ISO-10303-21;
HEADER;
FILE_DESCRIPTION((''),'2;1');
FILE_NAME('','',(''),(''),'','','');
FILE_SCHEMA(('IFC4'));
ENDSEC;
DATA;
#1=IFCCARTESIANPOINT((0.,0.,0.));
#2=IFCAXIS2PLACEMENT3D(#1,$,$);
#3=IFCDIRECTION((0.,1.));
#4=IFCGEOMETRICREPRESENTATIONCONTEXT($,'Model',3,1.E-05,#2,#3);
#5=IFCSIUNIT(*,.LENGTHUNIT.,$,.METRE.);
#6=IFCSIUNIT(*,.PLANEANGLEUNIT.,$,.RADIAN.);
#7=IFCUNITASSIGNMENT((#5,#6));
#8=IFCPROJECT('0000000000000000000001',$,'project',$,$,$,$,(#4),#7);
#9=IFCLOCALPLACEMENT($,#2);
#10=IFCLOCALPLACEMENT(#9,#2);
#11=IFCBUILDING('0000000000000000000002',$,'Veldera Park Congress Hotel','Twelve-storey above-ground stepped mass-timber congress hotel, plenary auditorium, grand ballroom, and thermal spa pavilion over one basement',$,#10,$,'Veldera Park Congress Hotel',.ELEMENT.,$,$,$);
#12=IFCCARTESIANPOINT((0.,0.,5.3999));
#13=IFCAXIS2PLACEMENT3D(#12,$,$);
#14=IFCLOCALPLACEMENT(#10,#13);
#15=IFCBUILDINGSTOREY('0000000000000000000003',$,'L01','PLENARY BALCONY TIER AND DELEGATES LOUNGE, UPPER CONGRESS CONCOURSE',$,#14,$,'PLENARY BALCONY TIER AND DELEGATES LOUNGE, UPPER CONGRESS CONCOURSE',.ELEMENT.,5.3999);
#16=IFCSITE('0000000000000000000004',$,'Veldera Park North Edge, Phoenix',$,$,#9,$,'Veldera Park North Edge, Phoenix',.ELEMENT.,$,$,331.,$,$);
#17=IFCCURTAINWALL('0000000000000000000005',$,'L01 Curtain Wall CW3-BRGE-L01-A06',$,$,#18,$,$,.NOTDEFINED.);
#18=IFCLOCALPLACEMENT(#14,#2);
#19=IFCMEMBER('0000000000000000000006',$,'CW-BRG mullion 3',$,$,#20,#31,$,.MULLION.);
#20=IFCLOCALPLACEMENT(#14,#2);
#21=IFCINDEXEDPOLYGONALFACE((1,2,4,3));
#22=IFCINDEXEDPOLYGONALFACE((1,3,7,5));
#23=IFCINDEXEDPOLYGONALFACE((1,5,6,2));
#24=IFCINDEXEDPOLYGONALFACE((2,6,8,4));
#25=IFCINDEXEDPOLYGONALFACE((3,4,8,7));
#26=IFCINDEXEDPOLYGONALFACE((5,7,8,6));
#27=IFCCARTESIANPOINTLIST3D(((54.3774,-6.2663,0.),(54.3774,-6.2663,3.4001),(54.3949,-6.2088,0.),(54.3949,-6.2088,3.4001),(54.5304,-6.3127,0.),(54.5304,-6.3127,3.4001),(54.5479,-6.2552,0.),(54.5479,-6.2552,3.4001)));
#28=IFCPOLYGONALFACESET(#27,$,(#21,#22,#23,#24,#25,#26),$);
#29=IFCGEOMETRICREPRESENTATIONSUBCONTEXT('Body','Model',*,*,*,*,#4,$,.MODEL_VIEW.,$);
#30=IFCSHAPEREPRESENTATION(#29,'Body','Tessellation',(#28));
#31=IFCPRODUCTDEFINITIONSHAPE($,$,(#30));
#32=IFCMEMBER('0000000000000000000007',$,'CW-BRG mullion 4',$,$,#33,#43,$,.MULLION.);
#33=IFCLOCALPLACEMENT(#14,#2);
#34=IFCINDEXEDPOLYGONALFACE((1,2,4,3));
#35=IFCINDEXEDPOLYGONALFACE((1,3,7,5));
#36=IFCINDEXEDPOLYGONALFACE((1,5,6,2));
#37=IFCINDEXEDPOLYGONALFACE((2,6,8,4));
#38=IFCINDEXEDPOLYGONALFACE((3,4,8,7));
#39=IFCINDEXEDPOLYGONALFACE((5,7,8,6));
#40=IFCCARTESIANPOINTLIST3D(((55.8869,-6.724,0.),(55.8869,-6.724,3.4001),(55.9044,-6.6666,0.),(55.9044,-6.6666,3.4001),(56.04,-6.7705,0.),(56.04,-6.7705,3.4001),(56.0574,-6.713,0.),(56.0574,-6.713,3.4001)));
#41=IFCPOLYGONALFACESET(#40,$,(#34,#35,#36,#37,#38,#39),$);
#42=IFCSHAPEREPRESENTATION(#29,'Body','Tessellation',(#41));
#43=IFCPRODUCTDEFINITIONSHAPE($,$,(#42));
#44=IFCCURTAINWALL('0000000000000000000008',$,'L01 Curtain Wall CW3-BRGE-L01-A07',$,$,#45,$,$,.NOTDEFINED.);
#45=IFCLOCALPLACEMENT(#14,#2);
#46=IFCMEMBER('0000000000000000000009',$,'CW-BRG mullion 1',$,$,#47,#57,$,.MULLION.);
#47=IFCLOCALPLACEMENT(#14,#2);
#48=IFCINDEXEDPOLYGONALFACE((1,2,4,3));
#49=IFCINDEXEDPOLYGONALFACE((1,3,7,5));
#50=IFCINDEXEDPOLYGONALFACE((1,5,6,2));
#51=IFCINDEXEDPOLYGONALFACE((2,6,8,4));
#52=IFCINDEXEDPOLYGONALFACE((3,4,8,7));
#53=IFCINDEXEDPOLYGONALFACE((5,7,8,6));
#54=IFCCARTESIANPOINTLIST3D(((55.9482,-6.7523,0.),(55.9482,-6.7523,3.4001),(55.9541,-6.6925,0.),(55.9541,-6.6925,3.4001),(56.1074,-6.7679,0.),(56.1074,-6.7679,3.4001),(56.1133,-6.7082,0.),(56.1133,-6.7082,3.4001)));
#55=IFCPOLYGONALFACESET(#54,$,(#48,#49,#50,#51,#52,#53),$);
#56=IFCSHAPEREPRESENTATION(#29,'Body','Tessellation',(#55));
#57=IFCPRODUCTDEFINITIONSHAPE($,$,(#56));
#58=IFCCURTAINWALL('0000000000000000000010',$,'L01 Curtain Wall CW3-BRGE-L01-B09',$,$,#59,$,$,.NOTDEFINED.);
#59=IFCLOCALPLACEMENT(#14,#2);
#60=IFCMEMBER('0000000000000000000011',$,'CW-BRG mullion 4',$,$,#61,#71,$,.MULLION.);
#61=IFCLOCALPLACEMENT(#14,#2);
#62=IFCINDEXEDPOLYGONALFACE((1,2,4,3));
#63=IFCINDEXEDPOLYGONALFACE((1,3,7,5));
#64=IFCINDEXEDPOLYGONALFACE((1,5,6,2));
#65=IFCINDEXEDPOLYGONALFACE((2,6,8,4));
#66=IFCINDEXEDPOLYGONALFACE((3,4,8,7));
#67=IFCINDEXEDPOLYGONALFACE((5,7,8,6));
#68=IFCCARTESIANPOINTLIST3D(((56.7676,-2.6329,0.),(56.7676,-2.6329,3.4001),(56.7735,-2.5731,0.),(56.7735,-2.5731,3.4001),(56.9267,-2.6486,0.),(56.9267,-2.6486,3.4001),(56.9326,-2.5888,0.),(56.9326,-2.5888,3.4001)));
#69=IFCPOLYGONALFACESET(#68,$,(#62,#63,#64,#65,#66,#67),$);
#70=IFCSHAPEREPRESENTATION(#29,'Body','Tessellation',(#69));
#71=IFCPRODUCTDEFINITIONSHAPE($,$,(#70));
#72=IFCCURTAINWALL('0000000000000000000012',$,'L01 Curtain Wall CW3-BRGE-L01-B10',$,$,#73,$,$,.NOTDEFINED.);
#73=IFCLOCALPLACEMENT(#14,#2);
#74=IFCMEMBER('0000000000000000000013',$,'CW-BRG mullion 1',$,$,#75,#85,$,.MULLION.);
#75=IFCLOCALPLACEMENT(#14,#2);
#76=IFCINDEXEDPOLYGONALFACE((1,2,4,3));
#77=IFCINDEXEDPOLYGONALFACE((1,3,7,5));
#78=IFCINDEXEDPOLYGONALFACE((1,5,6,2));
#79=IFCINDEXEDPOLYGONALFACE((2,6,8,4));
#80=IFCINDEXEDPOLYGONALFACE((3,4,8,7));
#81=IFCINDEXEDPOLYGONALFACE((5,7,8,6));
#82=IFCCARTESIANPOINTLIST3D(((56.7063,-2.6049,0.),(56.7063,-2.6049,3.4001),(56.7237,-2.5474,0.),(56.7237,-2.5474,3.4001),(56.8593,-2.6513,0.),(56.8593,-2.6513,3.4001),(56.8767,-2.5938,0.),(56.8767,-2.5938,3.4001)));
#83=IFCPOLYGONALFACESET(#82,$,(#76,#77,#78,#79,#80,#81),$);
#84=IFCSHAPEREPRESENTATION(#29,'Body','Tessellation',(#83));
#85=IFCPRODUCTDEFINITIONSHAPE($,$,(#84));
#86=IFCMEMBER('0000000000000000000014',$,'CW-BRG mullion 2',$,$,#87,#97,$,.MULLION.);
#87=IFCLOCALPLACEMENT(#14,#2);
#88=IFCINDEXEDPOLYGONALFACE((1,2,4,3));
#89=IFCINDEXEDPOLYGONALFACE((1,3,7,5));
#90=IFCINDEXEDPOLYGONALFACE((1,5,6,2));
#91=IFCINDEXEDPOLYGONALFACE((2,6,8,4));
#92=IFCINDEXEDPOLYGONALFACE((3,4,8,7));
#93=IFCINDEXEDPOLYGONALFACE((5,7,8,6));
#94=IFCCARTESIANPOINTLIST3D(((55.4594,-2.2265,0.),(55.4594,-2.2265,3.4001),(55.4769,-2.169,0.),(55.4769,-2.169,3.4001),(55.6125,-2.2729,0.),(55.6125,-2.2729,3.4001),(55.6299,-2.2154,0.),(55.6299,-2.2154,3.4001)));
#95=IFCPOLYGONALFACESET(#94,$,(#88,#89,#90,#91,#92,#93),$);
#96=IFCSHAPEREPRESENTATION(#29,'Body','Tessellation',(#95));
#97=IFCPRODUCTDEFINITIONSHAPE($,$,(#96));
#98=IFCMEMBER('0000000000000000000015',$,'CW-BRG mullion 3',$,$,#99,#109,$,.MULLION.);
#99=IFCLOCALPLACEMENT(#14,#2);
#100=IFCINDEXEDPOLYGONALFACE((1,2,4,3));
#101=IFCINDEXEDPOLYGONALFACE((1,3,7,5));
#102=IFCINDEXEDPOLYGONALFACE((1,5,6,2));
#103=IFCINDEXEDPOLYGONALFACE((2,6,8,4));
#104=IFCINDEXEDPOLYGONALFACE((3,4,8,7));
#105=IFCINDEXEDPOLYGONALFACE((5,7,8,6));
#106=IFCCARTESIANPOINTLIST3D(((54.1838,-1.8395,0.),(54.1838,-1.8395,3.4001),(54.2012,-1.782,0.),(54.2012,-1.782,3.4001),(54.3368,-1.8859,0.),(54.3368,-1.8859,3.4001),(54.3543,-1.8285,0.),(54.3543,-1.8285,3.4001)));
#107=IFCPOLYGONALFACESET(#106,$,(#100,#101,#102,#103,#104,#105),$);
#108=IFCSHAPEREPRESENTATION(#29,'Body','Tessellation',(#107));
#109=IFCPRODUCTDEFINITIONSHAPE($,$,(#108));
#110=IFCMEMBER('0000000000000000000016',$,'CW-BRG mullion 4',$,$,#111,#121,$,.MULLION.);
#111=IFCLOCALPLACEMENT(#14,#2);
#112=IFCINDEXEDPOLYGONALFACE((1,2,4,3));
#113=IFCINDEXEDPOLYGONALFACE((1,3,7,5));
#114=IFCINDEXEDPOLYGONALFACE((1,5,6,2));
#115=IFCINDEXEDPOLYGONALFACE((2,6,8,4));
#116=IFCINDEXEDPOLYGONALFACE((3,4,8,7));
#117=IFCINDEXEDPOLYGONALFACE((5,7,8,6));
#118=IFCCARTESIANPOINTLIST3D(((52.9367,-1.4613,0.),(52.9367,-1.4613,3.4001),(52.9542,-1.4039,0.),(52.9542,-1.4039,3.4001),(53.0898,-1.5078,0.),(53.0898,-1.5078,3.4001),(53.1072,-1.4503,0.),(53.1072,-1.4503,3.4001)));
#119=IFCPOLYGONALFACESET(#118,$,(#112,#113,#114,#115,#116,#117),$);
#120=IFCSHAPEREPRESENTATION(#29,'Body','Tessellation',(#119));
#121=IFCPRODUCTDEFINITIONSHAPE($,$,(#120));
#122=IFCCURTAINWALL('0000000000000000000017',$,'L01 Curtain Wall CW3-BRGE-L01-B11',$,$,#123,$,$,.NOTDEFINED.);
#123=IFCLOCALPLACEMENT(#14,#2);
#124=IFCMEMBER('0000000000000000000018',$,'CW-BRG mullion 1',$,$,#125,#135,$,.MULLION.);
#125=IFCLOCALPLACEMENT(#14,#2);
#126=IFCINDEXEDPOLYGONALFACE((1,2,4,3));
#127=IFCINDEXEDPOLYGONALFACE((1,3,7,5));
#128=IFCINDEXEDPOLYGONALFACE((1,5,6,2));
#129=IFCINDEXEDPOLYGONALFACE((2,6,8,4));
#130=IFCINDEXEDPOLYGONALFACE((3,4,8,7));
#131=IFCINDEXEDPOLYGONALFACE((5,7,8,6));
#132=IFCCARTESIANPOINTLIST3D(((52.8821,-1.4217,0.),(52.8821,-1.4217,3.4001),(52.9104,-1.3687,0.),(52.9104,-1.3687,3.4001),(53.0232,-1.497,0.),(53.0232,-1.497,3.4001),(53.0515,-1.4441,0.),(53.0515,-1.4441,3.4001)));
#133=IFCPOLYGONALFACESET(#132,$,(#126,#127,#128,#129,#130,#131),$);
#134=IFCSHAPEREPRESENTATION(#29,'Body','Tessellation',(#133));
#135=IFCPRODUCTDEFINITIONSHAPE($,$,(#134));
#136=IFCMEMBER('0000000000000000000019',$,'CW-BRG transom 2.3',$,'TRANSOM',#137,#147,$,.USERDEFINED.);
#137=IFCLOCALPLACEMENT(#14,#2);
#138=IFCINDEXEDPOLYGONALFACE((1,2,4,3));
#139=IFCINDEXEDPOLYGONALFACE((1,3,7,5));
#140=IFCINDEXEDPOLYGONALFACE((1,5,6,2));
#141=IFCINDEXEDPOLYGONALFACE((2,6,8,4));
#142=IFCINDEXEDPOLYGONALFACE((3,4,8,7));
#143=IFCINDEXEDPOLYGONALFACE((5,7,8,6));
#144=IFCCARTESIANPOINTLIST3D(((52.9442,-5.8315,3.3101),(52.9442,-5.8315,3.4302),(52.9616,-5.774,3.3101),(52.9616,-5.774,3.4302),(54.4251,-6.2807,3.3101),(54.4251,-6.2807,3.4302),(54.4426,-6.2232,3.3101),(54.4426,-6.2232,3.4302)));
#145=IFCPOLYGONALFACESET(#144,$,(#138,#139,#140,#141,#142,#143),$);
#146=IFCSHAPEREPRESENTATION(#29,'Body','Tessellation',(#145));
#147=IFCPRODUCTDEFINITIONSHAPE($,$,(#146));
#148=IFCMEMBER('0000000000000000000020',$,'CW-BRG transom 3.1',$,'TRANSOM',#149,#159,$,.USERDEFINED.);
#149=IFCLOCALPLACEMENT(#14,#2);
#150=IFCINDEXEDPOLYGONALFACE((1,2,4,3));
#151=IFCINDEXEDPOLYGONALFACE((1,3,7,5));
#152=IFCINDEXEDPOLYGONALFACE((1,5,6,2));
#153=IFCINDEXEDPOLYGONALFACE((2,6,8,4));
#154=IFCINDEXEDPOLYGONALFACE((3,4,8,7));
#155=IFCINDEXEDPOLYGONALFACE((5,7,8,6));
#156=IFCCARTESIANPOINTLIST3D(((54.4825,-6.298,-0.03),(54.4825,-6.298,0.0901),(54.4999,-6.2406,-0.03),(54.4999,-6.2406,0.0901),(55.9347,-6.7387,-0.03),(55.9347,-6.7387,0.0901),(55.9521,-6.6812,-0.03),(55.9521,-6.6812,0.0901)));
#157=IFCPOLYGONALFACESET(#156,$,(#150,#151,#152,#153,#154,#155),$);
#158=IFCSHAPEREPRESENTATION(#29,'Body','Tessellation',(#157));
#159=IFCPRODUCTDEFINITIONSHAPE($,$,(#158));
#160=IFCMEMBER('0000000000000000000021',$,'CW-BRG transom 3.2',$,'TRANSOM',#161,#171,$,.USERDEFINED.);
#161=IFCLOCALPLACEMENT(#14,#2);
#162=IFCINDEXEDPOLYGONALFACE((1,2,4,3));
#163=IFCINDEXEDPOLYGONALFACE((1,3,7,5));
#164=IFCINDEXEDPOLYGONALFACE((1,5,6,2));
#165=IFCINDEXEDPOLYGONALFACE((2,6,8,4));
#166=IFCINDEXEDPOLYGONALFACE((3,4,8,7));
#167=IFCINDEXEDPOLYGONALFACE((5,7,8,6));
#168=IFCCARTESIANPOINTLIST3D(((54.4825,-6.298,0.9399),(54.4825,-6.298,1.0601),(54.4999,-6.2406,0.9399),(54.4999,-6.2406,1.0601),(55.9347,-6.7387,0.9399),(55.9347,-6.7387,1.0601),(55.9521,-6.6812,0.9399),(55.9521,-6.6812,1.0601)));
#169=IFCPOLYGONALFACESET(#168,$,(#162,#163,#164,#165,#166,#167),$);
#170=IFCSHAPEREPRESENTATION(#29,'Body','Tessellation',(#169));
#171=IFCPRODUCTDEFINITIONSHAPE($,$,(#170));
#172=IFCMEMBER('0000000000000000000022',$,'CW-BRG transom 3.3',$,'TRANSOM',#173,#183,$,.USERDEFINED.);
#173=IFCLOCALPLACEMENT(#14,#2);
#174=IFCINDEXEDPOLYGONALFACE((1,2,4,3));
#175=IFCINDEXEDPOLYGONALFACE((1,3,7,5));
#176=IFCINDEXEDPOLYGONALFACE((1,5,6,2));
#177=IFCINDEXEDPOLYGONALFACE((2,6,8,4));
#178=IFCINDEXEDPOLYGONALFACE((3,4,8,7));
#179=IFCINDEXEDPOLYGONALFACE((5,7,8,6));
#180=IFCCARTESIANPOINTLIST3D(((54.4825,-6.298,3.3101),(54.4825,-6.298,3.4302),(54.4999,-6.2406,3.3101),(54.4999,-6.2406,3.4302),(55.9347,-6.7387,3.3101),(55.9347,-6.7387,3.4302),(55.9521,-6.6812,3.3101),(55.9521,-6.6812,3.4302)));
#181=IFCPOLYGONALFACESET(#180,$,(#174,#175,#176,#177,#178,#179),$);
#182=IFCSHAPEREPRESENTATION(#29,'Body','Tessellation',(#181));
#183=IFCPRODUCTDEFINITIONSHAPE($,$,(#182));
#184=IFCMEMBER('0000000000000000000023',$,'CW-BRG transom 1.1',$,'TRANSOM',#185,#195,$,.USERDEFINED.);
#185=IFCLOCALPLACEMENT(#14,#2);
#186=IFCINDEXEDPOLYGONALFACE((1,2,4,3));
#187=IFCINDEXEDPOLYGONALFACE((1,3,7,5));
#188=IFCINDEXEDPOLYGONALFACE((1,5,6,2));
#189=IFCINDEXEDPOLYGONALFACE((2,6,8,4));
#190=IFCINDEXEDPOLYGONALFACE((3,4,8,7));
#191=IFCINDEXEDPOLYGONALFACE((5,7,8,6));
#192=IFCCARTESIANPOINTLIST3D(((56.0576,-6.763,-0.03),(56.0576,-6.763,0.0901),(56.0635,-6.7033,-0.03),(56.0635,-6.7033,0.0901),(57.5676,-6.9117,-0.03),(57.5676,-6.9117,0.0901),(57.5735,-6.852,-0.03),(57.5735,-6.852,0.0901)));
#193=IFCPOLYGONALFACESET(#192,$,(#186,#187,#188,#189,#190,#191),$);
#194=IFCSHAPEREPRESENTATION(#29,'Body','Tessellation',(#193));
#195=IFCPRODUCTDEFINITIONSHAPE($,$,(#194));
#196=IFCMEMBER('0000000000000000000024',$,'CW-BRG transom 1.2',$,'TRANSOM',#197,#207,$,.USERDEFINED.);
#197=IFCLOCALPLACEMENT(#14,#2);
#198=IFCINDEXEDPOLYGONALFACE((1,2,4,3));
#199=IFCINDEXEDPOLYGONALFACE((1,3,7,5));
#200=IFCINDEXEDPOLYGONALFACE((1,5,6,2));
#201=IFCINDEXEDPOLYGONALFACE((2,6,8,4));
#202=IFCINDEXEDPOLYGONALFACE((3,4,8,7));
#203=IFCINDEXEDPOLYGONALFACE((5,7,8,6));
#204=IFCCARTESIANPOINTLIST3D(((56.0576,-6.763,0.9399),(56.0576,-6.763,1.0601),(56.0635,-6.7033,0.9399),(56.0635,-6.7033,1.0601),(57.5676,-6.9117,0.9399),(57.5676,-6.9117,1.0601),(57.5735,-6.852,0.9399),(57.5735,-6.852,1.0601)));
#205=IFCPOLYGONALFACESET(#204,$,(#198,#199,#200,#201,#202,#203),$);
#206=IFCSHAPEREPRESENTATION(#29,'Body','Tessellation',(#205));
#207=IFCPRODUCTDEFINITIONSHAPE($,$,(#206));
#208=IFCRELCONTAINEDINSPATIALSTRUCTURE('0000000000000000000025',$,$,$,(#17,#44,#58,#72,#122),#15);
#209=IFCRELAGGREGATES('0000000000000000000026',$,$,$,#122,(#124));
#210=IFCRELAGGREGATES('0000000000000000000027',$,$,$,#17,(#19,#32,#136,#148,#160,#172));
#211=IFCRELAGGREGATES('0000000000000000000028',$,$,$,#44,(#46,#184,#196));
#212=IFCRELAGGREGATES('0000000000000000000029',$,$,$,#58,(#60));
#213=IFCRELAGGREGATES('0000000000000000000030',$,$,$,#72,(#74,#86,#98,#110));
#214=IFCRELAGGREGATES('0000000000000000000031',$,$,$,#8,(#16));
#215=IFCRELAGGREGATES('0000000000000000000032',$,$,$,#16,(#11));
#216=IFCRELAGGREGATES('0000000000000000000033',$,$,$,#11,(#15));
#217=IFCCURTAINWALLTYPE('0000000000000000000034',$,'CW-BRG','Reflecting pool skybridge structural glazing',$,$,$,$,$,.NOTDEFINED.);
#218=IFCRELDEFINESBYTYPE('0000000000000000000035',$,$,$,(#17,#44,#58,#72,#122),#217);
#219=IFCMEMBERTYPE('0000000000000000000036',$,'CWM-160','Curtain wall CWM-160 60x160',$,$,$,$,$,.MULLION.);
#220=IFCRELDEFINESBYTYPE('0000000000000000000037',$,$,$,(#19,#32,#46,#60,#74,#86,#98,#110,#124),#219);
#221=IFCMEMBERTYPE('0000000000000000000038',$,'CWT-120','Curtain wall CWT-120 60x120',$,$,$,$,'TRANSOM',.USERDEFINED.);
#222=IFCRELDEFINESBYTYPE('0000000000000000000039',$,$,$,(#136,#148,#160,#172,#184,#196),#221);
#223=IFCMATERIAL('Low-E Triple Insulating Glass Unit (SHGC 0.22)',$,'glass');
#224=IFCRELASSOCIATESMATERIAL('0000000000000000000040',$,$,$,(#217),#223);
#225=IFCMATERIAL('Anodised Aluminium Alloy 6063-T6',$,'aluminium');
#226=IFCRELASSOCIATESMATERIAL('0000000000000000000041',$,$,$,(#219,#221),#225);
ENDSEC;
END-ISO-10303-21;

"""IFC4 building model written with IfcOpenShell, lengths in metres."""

from ifc_helpers import new_model, si_unit, direction, frame, origin, origin_2d, place, context, subcontext, project, spatial, rectangle, extrude, material, material_profile, profile_set, type_object, element, aggregate, save


model = new_model("IFC4")

# Units and contexts
model_context = context("Model", 3, precision=1e-05, world=origin(), true_north=direction((0.0, 1.0)))
body_context = subcontext(model_context, "Body", "Model", "MODEL_VIEW")
ifc_project = project(units=[si_unit("LENGTHUNIT", "METRE"), si_unit("PLANEANGLEUNIT", "RADIAN")], contexts=[model_context])

# Site, building, storey
site_placement = place(None, origin())
site = spatial("IfcSite", under=ifc_project, at=site_placement, Name="Veldera Park North Edge, Phoenix", LongName="Veldera Park North Edge, Phoenix", CompositionType="ELEMENT", RefElevation=331.0)
building_placement = place(site_placement, origin())
building = spatial("IfcBuilding", under=site, at=building_placement, Name="Veldera Park Congress Hotel", Description="Twelve-storey above-ground stepped mass-timber congress hotel, plenary auditorium, grand ballroom, and thermal spa pavilion over one basement", LongName="Veldera Park Congress Hotel", CompositionType="ELEMENT")
storey_placement = place(building_placement, frame((0.0, 0.0, 5.3999)))
storey = spatial("IfcBuildingStorey", under=building, at=storey_placement, Name="L01", Description="PLENARY BALCONY TIER AND DELEGATES LOUNGE, UPPER CONGRESS CONCOURSE", LongName="PLENARY BALCONY TIER AND DELEGATES LOUNGE, UPPER CONGRESS CONCOURSE", CompositionType="ELEMENT", Elevation=5.3999)

# Curtain wall, members
ifc_material_1 = material(Name="Low-E Triple Insulating Glass Unit (SHGC 0.22)", Category="glass")
curtain_wall_type = type_object("IfcCurtainWallType", Name="CW-BRG", Description="Reflecting pool skybridge structural glazing", PredefinedType="NOTDEFINED", material=ifc_material_1)
curtain_wall_1_placement = place(storey_placement, origin())
curtain_wall_1 = element("IfcCurtainWall", 1, at=curtain_wall_1_placement, inside=storey, type_object=curtain_wall_type, Name="L01 Curtain Wall CW3-BRGE-L01-A06", PredefinedType="NOTDEFINED")
ifc_material_2 = material(Name="Anodised Aluminium Alloy 6063-T6", Category="aluminium")
ifc_material_profile_1 = material_profile(ifc_material_2, rectangle(XDim=0.0601, YDim=0.1599, at=origin_2d()), Name="ALU 60x160")
ifc_profile_set_1 = profile_set([ifc_material_profile_1], Name="Anodised Aluminium Alloy 6063-T6")
member_type_1 = type_object("IfcMemberType", Name="CWM-160", Description="Curtain wall CWM-160 60x160", PredefinedType="MULLION", material=ifc_profile_set_1)
member_1_placement = place(storey_placement, frame((54.4626, -6.2607, 0.0), z_axis=(0.0, 0.0, 1.0), x_axis=(0.290288, 0.956939, 0.0)))
member_1 = element("IfcMember", 2, at=member_1_placement, type_object=member_type_1, Name="CW-BRG mullion 3", PredefinedType="MULLION", context=body_context, shape_type="SweptSolid", body=[
    extrude(rectangle(XDim=0.0601, YDim=0.1599, at=origin_2d()), origin(), (0.0, 0.0, 1.0), 3.4001),
])
member_2_placement = place(storey_placement, frame((55.9722, -6.7185, 0.0), z_axis=(0.0, 0.0, 1.0), x_axis=(0.290288, 0.956939, 0.0)))
member_2 = element("IfcMember", 3, at=member_2_placement, type_object=member_type_1, Name="CW-BRG mullion 4", PredefinedType="MULLION", context=body_context, shape_type="SweptSolid", body=[
    extrude(rectangle(XDim=0.0601, YDim=0.1599, at=origin_2d()), origin(), (0.0, 0.0, 1.0), 3.4001),
])

# Curtain walls, members
curtain_wall_2_placement = place(storey_placement, origin())
curtain_wall_2 = element("IfcCurtainWall", 4, at=curtain_wall_2_placement, inside=storey, type_object=curtain_wall_type, Name="L01 Curtain Wall CW3-BRGE-L01-A07", PredefinedType="NOTDEFINED")
member_3_placement = place(storey_placement, frame((56.0308, -6.7302, 0.0), z_axis=(0.0, 0.0, 1.0), x_axis=(0.098021, 0.995184, 0.0)))
member_3 = element("IfcMember", 5, at=member_3_placement, type_object=member_type_1, Name="CW-BRG mullion 1", PredefinedType="MULLION", context=body_context, shape_type="SweptSolid", body=[
    extrude(rectangle(XDim=0.0601, YDim=0.1599, at=origin_2d()), origin(), (0.0, 0.0, 1.0), 3.4001),
])
curtain_wall_3_placement = place(storey_placement, origin())
curtain_wall_3 = element("IfcCurtainWall", 6, at=curtain_wall_3_placement, inside=storey, type_object=curtain_wall_type, Name="L01 Curtain Wall CW3-BRGE-L01-B09", PredefinedType="NOTDEFINED")
member_4_placement = place(storey_placement, frame((56.8501, -2.6108, 0.0), z_axis=(0.0, 0.0, 1.0), x_axis=(-0.098023, -0.995184, 0.0)))
member_4 = element("IfcMember", 7, at=member_4_placement, type_object=member_type_1, Name="CW-BRG mullion 4", PredefinedType="MULLION", context=body_context, shape_type="SweptSolid", body=[
    extrude(rectangle(XDim=0.0601, YDim=0.1599, at=origin_2d()), origin(), (0.0, 0.0, 1.0), 3.4001),
])

# Curtain wall, members
curtain_wall_4_placement = place(storey_placement, origin())
curtain_wall_4 = element("IfcCurtainWall", 8, at=curtain_wall_4_placement, inside=storey, type_object=curtain_wall_type, Name="L01 Curtain Wall CW3-BRGE-L01-B10", PredefinedType="NOTDEFINED")
member_5_placement = place(storey_placement, frame((56.7915, -2.5994, 0.0), z_axis=(0.0, 0.0, 1.0), x_axis=(-0.29029, -0.956939, 0.0)))
member_5 = element("IfcMember", 9, at=member_5_placement, type_object=member_type_1, Name="CW-BRG mullion 1", PredefinedType="MULLION", context=body_context, shape_type="SweptSolid", body=[
    extrude(rectangle(XDim=0.0601, YDim=0.1599, at=origin_2d()), origin(), (0.0, 0.0, 1.0), 3.4001),
])
member_6_placement = place(storey_placement, frame((55.5447, -2.2209, 0.0), z_axis=(0.0, 0.0, 1.0), x_axis=(-0.29029, -0.956939, 0.0)))
member_6 = element("IfcMember", 10, at=member_6_placement, type_object=member_type_1, Name="CW-BRG mullion 2", PredefinedType="MULLION", context=body_context, shape_type="SweptSolid", body=[
    extrude(rectangle(XDim=0.0601, YDim=0.1599, at=origin_2d()), origin(), (0.0, 0.0, 1.0), 3.4001),
])
member_7_placement = place(storey_placement, frame((54.269, -1.834, 0.0), z_axis=(0.0, 0.0, 1.0), x_axis=(-0.29029, -0.956939, 0.0)))
member_7 = element("IfcMember", 11, at=member_7_placement, type_object=member_type_1, Name="CW-BRG mullion 3", PredefinedType="MULLION", context=body_context, shape_type="SweptSolid", body=[
    extrude(rectangle(XDim=0.0601, YDim=0.1599, at=origin_2d()), origin(), (0.0, 0.0, 1.0), 3.4001),
])
member_8_placement = place(storey_placement, frame((53.022, -1.4558, 0.0), z_axis=(0.0, 0.0, 1.0), x_axis=(-0.29029, -0.956939, 0.0)))
member_8 = element("IfcMember", 12, at=member_8_placement, type_object=member_type_1, Name="CW-BRG mullion 4", PredefinedType="MULLION", context=body_context, shape_type="SweptSolid", body=[
    extrude(rectangle(XDim=0.0601, YDim=0.1599, at=origin_2d()), origin(), (0.0, 0.0, 1.0), 3.4001),
])

# Curtain wall, member
curtain_wall_5_placement = place(storey_placement, origin())
curtain_wall_5 = element("IfcCurtainWall", 13, at=curtain_wall_5_placement, inside=storey, type_object=curtain_wall_type, Name="L01 Curtain Wall CW3-BRGE-L01-B11", PredefinedType="NOTDEFINED")
member_9_placement = place(storey_placement, frame((52.9668, -1.4329, 0.0), z_axis=(0.0, 0.0, 1.0), x_axis=(-0.471384, -0.881928, 0.0)))
member_9 = element("IfcMember", 14, at=member_9_placement, type_object=member_type_1, Name="CW-BRG mullion 1", PredefinedType="MULLION", context=body_context, shape_type="SweptSolid", body=[
    extrude(rectangle(XDim=0.0601, YDim=0.1599, at=origin_2d()), origin(), (0.0, 0.0, 1.0), 3.4001),
])
aggregate(curtain_wall_5, [member_9])

# Members
ifc_material_profile_2 = material_profile(ifc_material_2, rectangle(XDim=0.0601, YDim=0.1201, at=origin_2d()), Name="ALU 60x120")
ifc_profile_set_2 = profile_set([ifc_material_profile_2], Name="Anodised Aluminium Alloy 6063-T6")
member_type_2 = type_object("IfcMemberType", Name="CWT-120", Description="Curtain wall CWT-120 60x120", ElementType="TRANSOM", PredefinedType="USERDEFINED", material=ifc_profile_set_2)
member_10_placement = place(storey_placement, frame((52.9529, -5.8027, 3.3701), z_axis=(0.956945, -0.29027, 0.0), x_axis=(0.29027, 0.956945, 0.0)))
member_10 = element("IfcMember", 15, at=member_10_placement, type_object=member_type_2, Name="CW-BRG transom 2.3", ObjectType="TRANSOM", PredefinedType="USERDEFINED", context=body_context, shape_type="SweptSolid", body=[
    extrude(rectangle(XDim=0.0601, YDim=0.1201, at=origin_2d()), origin(), (0.0, 0.0, 1.0), 1.5476),
])
member_11_placement = place(storey_placement, frame((54.4912, -6.2693, 0.03), z_axis=(0.956909, -0.290387, 0.0), x_axis=(0.290387, 0.956909, 0.0)))
member_11 = element("IfcMember", 16, at=member_11_placement, type_object=member_type_2, Name="CW-BRG transom 3.1", ObjectType="TRANSOM", PredefinedType="USERDEFINED", context=body_context, shape_type="SweptSolid", body=[
    extrude(rectangle(XDim=0.0601, YDim=0.1201, at=origin_2d()), origin(), (0.0, 0.0, 1.0), 1.5176),
])
member_12_placement = place(storey_placement, frame((54.4912, -6.2693, 1.0), z_axis=(0.956909, -0.290387, 0.0), x_axis=(0.290387, 0.956909, 0.0)))
member_12 = element("IfcMember", 17, at=member_12_placement, type_object=member_type_2, Name="CW-BRG transom 3.2", ObjectType="TRANSOM", PredefinedType="USERDEFINED", context=body_context, shape_type="SweptSolid", body=[
    extrude(rectangle(XDim=0.0601, YDim=0.1201, at=origin_2d()), origin(), (0.0, 0.0, 1.0), 1.5176),
])
member_13_placement = place(storey_placement, frame((54.4912, -6.2693, 3.3701), z_axis=(0.956909, -0.290387, 0.0), x_axis=(0.290387, 0.956909, 0.0)))
member_13 = element("IfcMember", 18, at=member_13_placement, type_object=member_type_2, Name="CW-BRG transom 3.3", ObjectType="TRANSOM", PredefinedType="USERDEFINED", context=body_context, shape_type="SweptSolid", body=[
    extrude(rectangle(XDim=0.0601, YDim=0.1201, at=origin_2d()), origin(), (0.0, 0.0, 1.0), 1.5176),
])
member_14_placement = place(storey_placement, frame((56.0605, -6.7332, 0.03), z_axis=(0.995187, -0.09799, 0.0), x_axis=(0.09799, 0.995187, 0.0)))
member_14 = element("IfcMember", 19, at=member_14_placement, type_object=member_type_2, Name="CW-BRG transom 1.1", ObjectType="TRANSOM", PredefinedType="USERDEFINED", context=body_context, shape_type="SweptSolid", body=[
    extrude(rectangle(XDim=0.0601, YDim=0.1201, at=origin_2d()), origin(), (0.0, 0.0, 1.0), 1.5173),
])
member_15_placement = place(storey_placement, frame((56.0605, -6.7332, 1.0), z_axis=(0.995187, -0.09799, 0.0), x_axis=(0.09799, 0.995187, 0.0)))
member_15 = element("IfcMember", 20, at=member_15_placement, type_object=member_type_2, Name="CW-BRG transom 1.2", ObjectType="TRANSOM", PredefinedType="USERDEFINED", context=body_context, shape_type="SweptSolid", body=[
    extrude(rectangle(XDim=0.0601, YDim=0.1201, at=origin_2d()), origin(), (0.0, 0.0, 1.0), 1.5173),
])

aggregate(curtain_wall_1, [member_1, member_2, member_10, member_11, member_12, member_13])
aggregate(curtain_wall_2, [member_3, member_14, member_15])
aggregate(curtain_wall_3, [member_4])
aggregate(curtain_wall_4, [member_5, member_6, member_7, member_8])

save(model, "model.ifc")
